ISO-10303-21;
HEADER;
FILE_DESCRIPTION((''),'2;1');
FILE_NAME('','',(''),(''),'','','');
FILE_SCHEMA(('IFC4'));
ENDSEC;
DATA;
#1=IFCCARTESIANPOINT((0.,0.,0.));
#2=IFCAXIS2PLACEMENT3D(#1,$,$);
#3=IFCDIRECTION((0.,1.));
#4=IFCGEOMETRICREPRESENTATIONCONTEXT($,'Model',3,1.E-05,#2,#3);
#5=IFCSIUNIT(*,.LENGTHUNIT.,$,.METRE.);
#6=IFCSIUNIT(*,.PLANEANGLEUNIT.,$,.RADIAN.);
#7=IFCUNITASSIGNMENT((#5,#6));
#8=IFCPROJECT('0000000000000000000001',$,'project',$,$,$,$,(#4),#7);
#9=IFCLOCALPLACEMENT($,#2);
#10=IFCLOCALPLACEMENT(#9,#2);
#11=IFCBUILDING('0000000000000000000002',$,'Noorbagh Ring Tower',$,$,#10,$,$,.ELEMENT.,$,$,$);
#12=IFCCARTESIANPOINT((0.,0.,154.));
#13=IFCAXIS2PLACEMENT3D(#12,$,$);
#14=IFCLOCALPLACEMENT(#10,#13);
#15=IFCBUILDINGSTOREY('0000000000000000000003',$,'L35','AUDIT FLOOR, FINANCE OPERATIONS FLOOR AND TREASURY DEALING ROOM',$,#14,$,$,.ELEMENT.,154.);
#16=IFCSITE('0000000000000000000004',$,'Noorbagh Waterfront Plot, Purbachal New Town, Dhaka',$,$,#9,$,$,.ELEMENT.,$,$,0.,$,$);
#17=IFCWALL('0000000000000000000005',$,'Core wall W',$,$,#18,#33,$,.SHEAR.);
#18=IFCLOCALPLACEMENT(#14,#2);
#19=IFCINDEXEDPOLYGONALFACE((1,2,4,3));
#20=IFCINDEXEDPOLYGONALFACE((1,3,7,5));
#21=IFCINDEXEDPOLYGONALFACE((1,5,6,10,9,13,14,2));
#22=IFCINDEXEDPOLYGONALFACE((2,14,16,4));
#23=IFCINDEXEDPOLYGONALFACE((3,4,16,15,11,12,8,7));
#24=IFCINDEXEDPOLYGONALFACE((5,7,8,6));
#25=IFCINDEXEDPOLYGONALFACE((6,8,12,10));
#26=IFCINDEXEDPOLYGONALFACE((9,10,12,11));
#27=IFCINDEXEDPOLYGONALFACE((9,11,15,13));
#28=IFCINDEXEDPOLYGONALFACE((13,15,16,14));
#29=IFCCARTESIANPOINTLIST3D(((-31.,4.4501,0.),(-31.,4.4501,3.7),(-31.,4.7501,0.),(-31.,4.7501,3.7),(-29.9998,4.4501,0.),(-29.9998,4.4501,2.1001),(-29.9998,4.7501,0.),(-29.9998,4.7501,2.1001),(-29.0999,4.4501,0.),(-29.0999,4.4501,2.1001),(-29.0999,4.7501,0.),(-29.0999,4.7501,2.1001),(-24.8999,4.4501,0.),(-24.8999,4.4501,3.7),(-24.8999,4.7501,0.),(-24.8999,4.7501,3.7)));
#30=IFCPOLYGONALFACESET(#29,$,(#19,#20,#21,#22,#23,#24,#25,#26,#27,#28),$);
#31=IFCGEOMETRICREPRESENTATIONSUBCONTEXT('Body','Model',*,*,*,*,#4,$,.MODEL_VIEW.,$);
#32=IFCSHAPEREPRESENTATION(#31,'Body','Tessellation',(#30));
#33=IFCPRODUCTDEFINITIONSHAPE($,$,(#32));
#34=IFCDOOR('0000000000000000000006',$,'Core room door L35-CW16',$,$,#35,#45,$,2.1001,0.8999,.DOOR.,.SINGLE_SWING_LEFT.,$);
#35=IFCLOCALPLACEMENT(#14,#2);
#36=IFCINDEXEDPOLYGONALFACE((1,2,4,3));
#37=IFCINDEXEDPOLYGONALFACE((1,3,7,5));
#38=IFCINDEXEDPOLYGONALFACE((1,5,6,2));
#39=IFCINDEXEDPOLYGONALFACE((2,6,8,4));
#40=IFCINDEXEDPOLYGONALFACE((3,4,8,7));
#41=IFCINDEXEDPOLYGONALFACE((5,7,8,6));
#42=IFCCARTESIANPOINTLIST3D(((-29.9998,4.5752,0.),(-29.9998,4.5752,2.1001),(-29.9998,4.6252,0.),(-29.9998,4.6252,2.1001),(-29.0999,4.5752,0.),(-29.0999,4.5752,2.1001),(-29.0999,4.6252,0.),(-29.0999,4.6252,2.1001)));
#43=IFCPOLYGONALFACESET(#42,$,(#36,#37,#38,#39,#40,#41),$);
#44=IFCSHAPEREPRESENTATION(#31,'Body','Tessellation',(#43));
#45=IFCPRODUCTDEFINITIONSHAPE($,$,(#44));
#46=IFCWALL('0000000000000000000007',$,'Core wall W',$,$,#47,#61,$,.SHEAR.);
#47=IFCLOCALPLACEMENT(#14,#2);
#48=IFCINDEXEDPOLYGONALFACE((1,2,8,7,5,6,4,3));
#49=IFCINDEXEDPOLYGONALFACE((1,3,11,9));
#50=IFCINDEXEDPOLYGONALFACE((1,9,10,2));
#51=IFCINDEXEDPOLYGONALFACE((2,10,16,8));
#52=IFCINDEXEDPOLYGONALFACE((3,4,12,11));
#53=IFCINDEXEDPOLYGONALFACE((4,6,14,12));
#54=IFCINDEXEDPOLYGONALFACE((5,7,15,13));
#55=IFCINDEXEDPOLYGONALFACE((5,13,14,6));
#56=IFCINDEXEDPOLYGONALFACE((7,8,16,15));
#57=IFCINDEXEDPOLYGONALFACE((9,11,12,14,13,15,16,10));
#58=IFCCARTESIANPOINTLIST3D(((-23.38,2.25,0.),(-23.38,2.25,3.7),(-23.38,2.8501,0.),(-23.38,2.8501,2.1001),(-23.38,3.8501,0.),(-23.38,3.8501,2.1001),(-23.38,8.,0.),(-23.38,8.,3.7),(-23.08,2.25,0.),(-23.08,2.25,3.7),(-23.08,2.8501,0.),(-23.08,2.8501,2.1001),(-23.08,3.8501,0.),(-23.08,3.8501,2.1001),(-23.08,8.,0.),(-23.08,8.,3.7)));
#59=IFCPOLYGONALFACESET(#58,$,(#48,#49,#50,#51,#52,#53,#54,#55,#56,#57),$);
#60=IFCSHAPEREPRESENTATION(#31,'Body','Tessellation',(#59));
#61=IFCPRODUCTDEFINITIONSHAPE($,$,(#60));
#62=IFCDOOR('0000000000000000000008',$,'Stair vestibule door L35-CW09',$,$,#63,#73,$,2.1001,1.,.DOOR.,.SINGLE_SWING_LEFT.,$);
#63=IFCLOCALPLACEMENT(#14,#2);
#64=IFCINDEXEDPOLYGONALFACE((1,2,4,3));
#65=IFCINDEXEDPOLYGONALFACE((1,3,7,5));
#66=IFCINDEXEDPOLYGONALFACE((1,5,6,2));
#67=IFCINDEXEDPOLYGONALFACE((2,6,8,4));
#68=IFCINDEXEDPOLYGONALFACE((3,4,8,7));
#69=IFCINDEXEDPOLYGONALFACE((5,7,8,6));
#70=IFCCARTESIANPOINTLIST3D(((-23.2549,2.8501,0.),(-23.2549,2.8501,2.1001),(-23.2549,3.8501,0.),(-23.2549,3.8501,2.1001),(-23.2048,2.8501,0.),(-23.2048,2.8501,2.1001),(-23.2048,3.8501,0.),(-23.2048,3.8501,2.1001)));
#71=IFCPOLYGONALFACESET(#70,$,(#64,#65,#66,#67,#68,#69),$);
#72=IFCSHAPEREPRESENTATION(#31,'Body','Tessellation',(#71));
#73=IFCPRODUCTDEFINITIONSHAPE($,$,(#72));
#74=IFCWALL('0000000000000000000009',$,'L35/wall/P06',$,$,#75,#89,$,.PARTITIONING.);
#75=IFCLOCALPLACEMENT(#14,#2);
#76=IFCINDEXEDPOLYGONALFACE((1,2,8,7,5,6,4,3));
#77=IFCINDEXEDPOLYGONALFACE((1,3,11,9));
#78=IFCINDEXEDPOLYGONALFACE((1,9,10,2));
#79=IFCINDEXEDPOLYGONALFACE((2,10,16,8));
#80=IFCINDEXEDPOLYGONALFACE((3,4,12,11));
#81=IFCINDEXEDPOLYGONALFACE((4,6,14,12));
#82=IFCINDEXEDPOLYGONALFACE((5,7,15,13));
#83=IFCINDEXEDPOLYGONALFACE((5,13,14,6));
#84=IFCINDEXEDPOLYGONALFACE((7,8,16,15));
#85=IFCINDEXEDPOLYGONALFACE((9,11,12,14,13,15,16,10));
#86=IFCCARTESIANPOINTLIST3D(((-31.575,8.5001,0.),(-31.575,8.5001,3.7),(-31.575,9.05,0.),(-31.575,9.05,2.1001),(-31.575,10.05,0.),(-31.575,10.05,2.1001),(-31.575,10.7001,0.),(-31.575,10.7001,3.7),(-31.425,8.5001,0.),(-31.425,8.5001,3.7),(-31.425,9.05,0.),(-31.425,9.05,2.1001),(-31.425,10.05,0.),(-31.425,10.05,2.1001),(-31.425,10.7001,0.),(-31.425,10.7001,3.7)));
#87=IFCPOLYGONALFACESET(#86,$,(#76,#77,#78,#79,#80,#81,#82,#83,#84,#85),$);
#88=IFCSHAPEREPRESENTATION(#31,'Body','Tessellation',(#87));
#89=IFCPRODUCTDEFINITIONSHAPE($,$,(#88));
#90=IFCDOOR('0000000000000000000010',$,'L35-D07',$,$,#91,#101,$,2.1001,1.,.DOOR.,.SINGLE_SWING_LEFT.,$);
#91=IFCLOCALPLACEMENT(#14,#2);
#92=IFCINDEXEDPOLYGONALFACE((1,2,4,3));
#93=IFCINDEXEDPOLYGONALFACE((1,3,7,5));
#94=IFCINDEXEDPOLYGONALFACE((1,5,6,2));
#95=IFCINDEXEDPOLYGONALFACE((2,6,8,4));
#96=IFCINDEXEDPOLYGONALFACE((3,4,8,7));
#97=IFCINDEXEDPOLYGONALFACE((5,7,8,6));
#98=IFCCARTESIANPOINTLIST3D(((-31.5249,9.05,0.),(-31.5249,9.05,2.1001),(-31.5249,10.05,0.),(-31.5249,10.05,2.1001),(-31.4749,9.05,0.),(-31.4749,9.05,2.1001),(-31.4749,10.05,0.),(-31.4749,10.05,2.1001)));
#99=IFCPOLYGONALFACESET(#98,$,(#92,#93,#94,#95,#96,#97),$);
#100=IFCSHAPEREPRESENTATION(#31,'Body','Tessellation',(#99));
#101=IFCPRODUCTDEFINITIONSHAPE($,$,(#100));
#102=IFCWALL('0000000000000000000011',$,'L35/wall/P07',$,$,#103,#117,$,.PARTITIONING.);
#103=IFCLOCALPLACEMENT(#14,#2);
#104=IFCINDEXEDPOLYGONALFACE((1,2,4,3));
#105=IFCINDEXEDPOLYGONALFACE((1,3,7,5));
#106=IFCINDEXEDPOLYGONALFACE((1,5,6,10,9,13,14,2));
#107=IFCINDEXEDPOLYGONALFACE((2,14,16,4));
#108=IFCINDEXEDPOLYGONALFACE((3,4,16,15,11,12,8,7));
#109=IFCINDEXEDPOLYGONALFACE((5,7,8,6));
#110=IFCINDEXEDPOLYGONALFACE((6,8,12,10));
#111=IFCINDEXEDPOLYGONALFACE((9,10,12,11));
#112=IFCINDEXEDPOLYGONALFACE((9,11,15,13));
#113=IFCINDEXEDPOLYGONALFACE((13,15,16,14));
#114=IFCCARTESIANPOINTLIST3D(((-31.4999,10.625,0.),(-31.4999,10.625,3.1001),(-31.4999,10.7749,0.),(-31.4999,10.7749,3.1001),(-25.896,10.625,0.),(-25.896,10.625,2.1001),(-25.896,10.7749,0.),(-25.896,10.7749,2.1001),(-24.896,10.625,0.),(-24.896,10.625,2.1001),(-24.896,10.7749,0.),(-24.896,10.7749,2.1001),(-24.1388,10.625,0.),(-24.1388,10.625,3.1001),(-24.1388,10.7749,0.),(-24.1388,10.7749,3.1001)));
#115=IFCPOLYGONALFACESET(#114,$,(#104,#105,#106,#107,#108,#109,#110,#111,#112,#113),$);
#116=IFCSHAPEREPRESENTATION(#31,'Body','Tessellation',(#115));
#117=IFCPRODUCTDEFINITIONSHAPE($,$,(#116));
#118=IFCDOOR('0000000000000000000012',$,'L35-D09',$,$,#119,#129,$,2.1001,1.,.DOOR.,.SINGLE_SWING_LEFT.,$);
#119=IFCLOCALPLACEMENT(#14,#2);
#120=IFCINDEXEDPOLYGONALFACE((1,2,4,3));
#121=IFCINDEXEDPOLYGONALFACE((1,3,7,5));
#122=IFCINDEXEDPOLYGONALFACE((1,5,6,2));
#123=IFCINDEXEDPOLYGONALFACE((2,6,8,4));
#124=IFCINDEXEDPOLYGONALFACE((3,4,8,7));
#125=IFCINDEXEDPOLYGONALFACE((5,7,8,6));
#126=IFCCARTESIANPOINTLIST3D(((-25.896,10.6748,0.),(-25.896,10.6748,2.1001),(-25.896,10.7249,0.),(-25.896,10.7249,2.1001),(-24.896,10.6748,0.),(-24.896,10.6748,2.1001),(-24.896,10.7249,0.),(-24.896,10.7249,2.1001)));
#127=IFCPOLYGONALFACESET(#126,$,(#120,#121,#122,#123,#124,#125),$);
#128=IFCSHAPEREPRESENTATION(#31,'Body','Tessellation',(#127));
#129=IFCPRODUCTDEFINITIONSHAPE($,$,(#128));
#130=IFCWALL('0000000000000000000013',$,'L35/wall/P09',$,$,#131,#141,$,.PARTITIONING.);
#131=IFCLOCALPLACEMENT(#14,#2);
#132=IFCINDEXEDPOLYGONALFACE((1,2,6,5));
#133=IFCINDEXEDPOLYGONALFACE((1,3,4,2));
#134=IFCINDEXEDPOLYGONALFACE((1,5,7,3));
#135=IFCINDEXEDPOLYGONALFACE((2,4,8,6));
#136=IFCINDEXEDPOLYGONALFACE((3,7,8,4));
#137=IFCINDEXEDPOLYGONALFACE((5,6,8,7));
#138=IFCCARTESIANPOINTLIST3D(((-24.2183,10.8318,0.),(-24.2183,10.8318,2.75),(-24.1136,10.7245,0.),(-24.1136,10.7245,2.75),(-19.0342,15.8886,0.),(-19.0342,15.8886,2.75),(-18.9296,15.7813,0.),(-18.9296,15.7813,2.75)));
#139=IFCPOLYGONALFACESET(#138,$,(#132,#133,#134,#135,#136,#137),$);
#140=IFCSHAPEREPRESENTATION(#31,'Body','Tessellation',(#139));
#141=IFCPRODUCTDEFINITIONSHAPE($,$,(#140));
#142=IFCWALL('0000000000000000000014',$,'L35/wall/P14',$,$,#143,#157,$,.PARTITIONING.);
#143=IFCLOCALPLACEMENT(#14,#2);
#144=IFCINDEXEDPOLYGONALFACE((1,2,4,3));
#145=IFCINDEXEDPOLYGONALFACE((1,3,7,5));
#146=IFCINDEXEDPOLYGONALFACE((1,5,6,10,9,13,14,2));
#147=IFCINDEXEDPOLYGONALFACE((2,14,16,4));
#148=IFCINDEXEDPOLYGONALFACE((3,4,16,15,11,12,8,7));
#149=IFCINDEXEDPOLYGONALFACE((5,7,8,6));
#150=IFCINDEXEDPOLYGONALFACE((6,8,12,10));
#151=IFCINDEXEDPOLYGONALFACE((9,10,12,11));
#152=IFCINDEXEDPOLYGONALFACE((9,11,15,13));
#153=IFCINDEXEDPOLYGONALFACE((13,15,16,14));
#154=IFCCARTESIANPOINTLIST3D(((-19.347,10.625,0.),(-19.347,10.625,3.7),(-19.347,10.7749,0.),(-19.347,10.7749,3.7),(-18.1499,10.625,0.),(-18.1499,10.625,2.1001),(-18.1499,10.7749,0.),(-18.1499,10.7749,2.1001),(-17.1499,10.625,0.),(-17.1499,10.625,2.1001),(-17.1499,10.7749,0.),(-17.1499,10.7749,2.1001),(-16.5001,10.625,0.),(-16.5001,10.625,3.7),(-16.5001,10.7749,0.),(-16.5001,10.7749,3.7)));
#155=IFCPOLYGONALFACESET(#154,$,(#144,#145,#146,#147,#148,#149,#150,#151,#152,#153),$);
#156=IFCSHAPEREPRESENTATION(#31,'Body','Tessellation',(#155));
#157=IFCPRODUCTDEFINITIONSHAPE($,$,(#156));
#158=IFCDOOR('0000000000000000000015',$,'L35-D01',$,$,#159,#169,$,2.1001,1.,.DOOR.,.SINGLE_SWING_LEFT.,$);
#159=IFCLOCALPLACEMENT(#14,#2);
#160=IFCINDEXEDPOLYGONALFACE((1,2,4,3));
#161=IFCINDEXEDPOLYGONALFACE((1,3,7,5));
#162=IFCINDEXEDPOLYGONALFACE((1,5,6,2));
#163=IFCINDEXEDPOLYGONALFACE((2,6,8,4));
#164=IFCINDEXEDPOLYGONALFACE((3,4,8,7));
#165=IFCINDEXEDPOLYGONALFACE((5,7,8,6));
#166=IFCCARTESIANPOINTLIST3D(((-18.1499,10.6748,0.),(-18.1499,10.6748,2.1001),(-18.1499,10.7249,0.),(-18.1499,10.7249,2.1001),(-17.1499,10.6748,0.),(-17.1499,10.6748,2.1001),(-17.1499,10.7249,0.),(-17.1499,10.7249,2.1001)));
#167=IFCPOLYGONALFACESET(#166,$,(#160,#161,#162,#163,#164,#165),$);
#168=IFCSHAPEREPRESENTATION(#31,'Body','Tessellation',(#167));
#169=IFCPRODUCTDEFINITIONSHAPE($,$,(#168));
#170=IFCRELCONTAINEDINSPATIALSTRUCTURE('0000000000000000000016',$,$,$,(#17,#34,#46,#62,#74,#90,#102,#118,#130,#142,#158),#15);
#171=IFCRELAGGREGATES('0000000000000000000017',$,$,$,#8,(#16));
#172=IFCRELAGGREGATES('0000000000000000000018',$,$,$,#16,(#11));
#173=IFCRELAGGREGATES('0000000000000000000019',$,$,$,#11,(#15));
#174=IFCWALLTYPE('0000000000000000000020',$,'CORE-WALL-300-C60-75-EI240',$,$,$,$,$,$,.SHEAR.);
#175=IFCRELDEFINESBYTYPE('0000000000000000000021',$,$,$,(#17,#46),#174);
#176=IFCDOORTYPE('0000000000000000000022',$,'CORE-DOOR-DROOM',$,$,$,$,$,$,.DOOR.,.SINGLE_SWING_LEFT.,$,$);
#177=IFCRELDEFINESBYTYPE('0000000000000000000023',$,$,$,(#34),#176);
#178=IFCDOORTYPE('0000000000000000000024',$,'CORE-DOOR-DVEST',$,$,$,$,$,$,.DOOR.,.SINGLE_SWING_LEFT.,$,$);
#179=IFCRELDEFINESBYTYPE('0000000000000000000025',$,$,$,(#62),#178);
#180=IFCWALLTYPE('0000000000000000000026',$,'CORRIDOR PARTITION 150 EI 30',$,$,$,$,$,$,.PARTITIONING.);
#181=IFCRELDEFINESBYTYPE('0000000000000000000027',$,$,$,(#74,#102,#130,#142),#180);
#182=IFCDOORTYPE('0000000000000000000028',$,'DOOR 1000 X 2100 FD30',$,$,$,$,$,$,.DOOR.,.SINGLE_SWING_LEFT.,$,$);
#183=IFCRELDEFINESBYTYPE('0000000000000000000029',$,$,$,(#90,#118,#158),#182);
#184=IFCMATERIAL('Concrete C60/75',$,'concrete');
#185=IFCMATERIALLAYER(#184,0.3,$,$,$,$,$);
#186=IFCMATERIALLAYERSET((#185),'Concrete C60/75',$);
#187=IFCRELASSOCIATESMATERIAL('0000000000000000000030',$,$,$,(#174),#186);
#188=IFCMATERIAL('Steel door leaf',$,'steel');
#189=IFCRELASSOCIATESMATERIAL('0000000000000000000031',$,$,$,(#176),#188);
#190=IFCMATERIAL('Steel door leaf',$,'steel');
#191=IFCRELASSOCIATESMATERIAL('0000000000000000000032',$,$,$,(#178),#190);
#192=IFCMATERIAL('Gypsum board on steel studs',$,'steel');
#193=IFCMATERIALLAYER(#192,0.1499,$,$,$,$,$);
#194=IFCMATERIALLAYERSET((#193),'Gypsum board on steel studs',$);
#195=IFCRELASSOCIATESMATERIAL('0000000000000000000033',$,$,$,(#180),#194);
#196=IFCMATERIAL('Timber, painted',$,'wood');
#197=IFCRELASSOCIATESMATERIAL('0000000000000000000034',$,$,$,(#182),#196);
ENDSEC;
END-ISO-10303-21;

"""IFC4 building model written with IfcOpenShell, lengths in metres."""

from ifc_helpers import new_model, si_unit, direction, frame, frame_2d, origin, place, context, subcontext, project, spatial, rectangle, extrude, material, layer, layer_set, type_object, element, fill, save


model = new_model("IFC4")

# Units and contexts
model_context = context("Model", 3, precision=1e-05, world=origin(), true_north=direction((0.0, 1.0)))
body_context = subcontext(model_context, "Body", "Model", "MODEL_VIEW")
ifc_project = project(units=[si_unit("LENGTHUNIT", "METRE"), si_unit("PLANEANGLEUNIT", "RADIAN")], contexts=[model_context])

# Site, building, storey
site_placement = place(None, origin())
site = spatial("IfcSite", under=ifc_project, at=site_placement, Name="Noorbagh Waterfront Plot, Purbachal New Town, Dhaka", CompositionType="ELEMENT", RefElevation=0.0)
building_placement = place(site_placement, origin())
building = spatial("IfcBuilding", under=site, at=building_placement, Name="Noorbagh Ring Tower", CompositionType="ELEMENT")
storey_placement = place(building_placement, frame((0.0, 0.0, 154.0)))
storey = spatial("IfcBuildingStorey", under=building, at=storey_placement, Name="L35", Description="AUDIT FLOOR, FINANCE OPERATIONS FLOOR AND TREASURY DEALING ROOM", CompositionType="ELEMENT", Elevation=154.0)

# Walls, openings, doors
ifc_material_1 = material(Name="Concrete C60/75", Category="concrete")
ifc_layer_1 = layer(ifc_material_1, 0.3)
ifc_layer_set_1 = layer_set([ifc_layer_1], Name="Concrete C60/75")
wall_type_1 = type_object("IfcWallType", Name="CORE-WALL-300-C60-75-EI240", PredefinedType="SHEAR", material=ifc_layer_set_1)
wall_1_placement = place(storey_placement, frame((-24.8999, 4.6001, 0.0), z_axis=(0.0, 0.0, 1.0), x_axis=(-1.0, 0.0, 0.0)))
wall_1 = element("IfcWall", 1, at=wall_1_placement, inside=storey, type_object=wall_type_1, Name="Core wall W", PredefinedType="SHEAR", context=body_context, shape_type="SweptSolid", body=[
    extrude(rectangle(XDim=6.1001, YDim=0.3, at=frame_2d((3.05, 0.0))), origin(), (0.0, 0.0, 1.0), 3.7),
])
opening_1_placement = place(wall_1_placement, frame((4.2, 0.0, 0.0)))
opening_1 = element("IfcOpeningElement", 2, at=opening_1_placement, cuts=wall_1, PredefinedType="OPENING", context=body_context, shape_type="SweptSolid", body=[
    extrude(rectangle(XDim=0.8999, YDim=2.1001, at=frame_2d((0.45, 1.05))), frame((0.0, 0.1602, 0.0), z_axis=(0.0, -1.0, 0.0), x_axis=(1.0, 0.0, 0.0)), (0.0, 0.0, 1.0), 0.3201),
])
ifc_material_2 = material(Name="Steel door leaf", Category="steel")
door_type_1 = type_object("IfcDoorType", Name="CORE-DOOR-DROOM", OperationType="SINGLE_SWING_LEFT", PredefinedType="DOOR", material=ifc_material_2)
door_1_placement = place(opening_1_placement, origin())
door_1 = element("IfcDoor", 3, at=door_1_placement, inside=storey, type_object=door_type_1, Name="Core room door L35-CW16", OperationType="SINGLE_SWING_LEFT", OverallHeight=2.1001, OverallWidth=0.8999, PredefinedType="DOOR", context=body_context, shape_type="SweptSolid", body=[
    extrude(rectangle(XDim=0.8999, YDim=2.1001, at=frame_2d((0.45, 1.05))), frame((0.0, 0.0249, 0.0), z_axis=(0.0, -1.0, 0.0), x_axis=(1.0, 0.0, 0.0)), (0.0, 0.0, 1.0), 0.05),
])
fill(opening_1, door_1)
wall_2_placement = place(storey_placement, frame((-23.23, 2.25, 0.0), z_axis=(0.0, 0.0, 1.0), x_axis=(0.0, 1.0, 0.0)))
wall_2 = element("IfcWall", 4, at=wall_2_placement, inside=storey, type_object=wall_type_1, Name="Core wall W", PredefinedType="SHEAR", context=body_context, shape_type="SweptSolid", body=[
    extrude(rectangle(XDim=5.75, YDim=0.3, at=frame_2d((2.875, 0.0))), origin(), (0.0, 0.0, 1.0), 3.7),
])
opening_2_placement = place(wall_2_placement, frame((0.6001, 0.0, 0.0)))
opening_2 = element("IfcOpeningElement", 5, at=opening_2_placement, cuts=wall_2, PredefinedType="OPENING", context=body_context, shape_type="SweptSolid", body=[
    extrude(rectangle(XDim=1.0, YDim=2.1001, at=frame_2d((0.5, 1.05))), frame((0.0, 0.1602, 0.0), z_axis=(0.0, -1.0, 0.0), x_axis=(1.0, 0.0, 0.0)), (0.0, 0.0, 1.0), 0.3201),
])
ifc_material_3 = material(Name="Steel door leaf", Category="steel")
door_type_2 = type_object("IfcDoorType", Name="CORE-DOOR-DVEST", OperationType="SINGLE_SWING_LEFT", PredefinedType="DOOR", material=ifc_material_3)
door_2_placement = place(opening_2_placement, origin())
door_2 = element("IfcDoor", 6, at=door_2_placement, inside=storey, type_object=door_type_2, Name="Stair vestibule door L35-CW09", OperationType="SINGLE_SWING_LEFT", OverallHeight=2.1001, OverallWidth=1.0, PredefinedType="DOOR", context=body_context, shape_type="SweptSolid", body=[
    extrude(rectangle(XDim=1.0, YDim=2.1001, at=frame_2d((0.5, 1.05))), frame((0.0, 0.0249, 0.0), z_axis=(0.0, -1.0, 0.0), x_axis=(1.0, 0.0, 0.0)), (0.0, 0.0, 1.0), 0.05),
])
fill(opening_2, door_2)
ifc_material_4 = material(Name="Gypsum board on steel studs", Category="steel")
ifc_layer_2 = layer(ifc_material_4, 0.1499)
ifc_layer_set_2 = layer_set([ifc_layer_2], Name="Gypsum board on steel studs")
wall_type_2 = type_object("IfcWallType", Name="CORRIDOR PARTITION 150 EI 30", PredefinedType="PARTITIONING", material=ifc_layer_set_2)
wall_3_placement = place(storey_placement, frame((-31.5, 8.5, 0.0), z_axis=(0.0, 0.0, 1.0), x_axis=(0.0, 1.0, 0.0)))
wall_3 = element("IfcWall", 7, at=wall_3_placement, inside=storey, type_object=wall_type_2, Name="L35/wall/P06", PredefinedType="PARTITIONING", context=body_context, shape_type="SweptSolid", body=[
    extrude(rectangle(XDim=2.2, YDim=0.1499, at=frame_2d((1.1001, 0.0))), origin(), (0.0, 0.0, 1.0), 3.7),
])
opening_3_placement = place(wall_3_placement, frame((0.55, 0.0, 0.0)))
opening_3 = element("IfcOpeningElement", 8, at=opening_3_placement, cuts=wall_3, PredefinedType="OPENING", context=body_context, shape_type="SweptSolid", body=[
    extrude(rectangle(XDim=1.0, YDim=2.1001, at=frame_2d((0.5, 1.05))), frame((0.0, 0.085, 0.0), z_axis=(0.0, -1.0, 0.0), x_axis=(1.0, 0.0, 0.0)), (0.0, 0.0, 1.0), 0.1699),
])
ifc_material_5 = material(Name="Timber, painted", Category="wood")
door_type_3 = type_object("IfcDoorType", Name="DOOR 1000 X 2100 FD30", OperationType="SINGLE_SWING_LEFT", PredefinedType="DOOR", material=ifc_material_5)
door_3_placement = place(opening_3_placement, origin())
door_3 = element("IfcDoor", 9, at=door_3_placement, inside=storey, type_object=door_type_3, Name="L35-D07", OperationType="SINGLE_SWING_LEFT", OverallHeight=2.1001, OverallWidth=1.0, PredefinedType="DOOR", context=body_context, shape_type="SweptSolid", body=[
    extrude(rectangle(XDim=1.0, YDim=2.1001, at=frame_2d((0.5, 1.05))), frame((0.0, 0.0249, 0.0), z_axis=(0.0, -1.0, 0.0), x_axis=(1.0, 0.0, 0.0)), (0.0, 0.0, 1.0), 0.05),
])
fill(opening_3, door_3)
wall_4_placement = place(storey_placement, frame((-31.5, 10.7, 0.0), z_axis=(0.0, 0.0, 1.0), x_axis=(1.0, 0.0, 0.0)))
wall_4 = element("IfcWall", 10, at=wall_4_placement, inside=storey, type_object=wall_type_2, Name="L35/wall/P07", PredefinedType="PARTITIONING", context=body_context, shape_type="SweptSolid", body=[
    extrude(rectangle(XDim=7.3611, YDim=0.1499, at=frame_2d((3.6807, 0.0))), origin(), (0.0, 0.0, 1.0), 3.1001),
])
opening_4_placement = place(wall_4_placement, frame((5.604, 0.0, 0.0)))
opening_4 = element("IfcOpeningElement", 11, at=opening_4_placement, cuts=wall_4, PredefinedType="OPENING", context=body_context, shape_type="SweptSolid", body=[
    extrude(rectangle(XDim=1.0, YDim=2.1001, at=frame_2d((0.5, 1.05))), frame((0.0, 0.085, 0.0), z_axis=(0.0, -1.0, 0.0), x_axis=(1.0, 0.0, 0.0)), (0.0, 0.0, 1.0), 0.1699),
])
door_4_placement = place(opening_4_placement, origin())
door_4 = element("IfcDoor", 12, at=door_4_placement, inside=storey, type_object=door_type_3, Name="L35-D09", OperationType="SINGLE_SWING_LEFT", OverallHeight=2.1001, OverallWidth=1.0, PredefinedType="DOOR", context=body_context, shape_type="SweptSolid", body=[
    extrude(rectangle(XDim=1.0, YDim=2.1001, at=frame_2d((0.5, 1.05))), frame((0.0, 0.0249, 0.0), z_axis=(0.0, -1.0, 0.0), x_axis=(1.0, 0.0, 0.0)), (0.0, 0.0, 1.0), 0.05),
])
fill(opening_4, door_4)

# Wall
wall_5_placement = place(storey_placement, frame((-24.166, 10.7781, 0.0), z_axis=(0.0, 0.0, 1.0), x_axis=(0.715834, 0.69827, 0.0)))
element("IfcWall", 13, at=wall_5_placement, inside=storey, type_object=wall_type_2, Name="L35/wall/P09", PredefinedType="PARTITIONING", context=body_context, shape_type="SweptSolid", body=[
    extrude(rectangle(XDim=7.2419, YDim=0.1499, at=frame_2d((3.6211, 0.0))), origin(), (0.0, 0.0, 1.0), 2.75),
])

# Wall, opening, door
wall_6_placement = place(storey_placement, frame((-19.3469, 10.7, 0.0), z_axis=(0.0, 0.0, 1.0), x_axis=(1.0, 0.0, 0.0)))
wall_6 = element("IfcWall", 14, at=wall_6_placement, inside=storey, type_object=wall_type_2, Name="L35/wall/P14", PredefinedType="PARTITIONING", context=body_context, shape_type="SweptSolid", body=[
    extrude(rectangle(XDim=2.8469, YDim=0.1499, at=frame_2d((1.4233, 0.0))), origin(), (0.0, 0.0, 1.0), 3.7),
])
opening_5_placement = place(wall_6_placement, frame((1.197, 0.0, 0.0)))
opening_5 = element("IfcOpeningElement", 15, at=opening_5_placement, cuts=wall_6, PredefinedType="OPENING", context=body_context, shape_type="SweptSolid", body=[
    extrude(rectangle(XDim=1.0, YDim=2.1001, at=frame_2d((0.5, 1.05))), frame((0.0, 0.085, 0.0), z_axis=(0.0, -1.0, 0.0), x_axis=(1.0, 0.0, 0.0)), (0.0, 0.0, 1.0), 0.1699),
])
door_5_placement = place(opening_5_placement, origin())
door_5 = element("IfcDoor", 16, at=door_5_placement, inside=storey, type_object=door_type_3, Name="L35-D01", OperationType="SINGLE_SWING_LEFT", OverallHeight=2.1001, OverallWidth=1.0, PredefinedType="DOOR", context=body_context, shape_type="SweptSolid", body=[
    extrude(rectangle(XDim=1.0, YDim=2.1001, at=frame_2d((0.5, 1.05))), frame((0.0, 0.0249, 0.0), z_axis=(0.0, -1.0, 0.0), x_axis=(1.0, 0.0, 0.0)), (0.0, 0.0, 1.0), 0.05),
])
fill(opening_5, door_5)

save(model, "model.ifc")
